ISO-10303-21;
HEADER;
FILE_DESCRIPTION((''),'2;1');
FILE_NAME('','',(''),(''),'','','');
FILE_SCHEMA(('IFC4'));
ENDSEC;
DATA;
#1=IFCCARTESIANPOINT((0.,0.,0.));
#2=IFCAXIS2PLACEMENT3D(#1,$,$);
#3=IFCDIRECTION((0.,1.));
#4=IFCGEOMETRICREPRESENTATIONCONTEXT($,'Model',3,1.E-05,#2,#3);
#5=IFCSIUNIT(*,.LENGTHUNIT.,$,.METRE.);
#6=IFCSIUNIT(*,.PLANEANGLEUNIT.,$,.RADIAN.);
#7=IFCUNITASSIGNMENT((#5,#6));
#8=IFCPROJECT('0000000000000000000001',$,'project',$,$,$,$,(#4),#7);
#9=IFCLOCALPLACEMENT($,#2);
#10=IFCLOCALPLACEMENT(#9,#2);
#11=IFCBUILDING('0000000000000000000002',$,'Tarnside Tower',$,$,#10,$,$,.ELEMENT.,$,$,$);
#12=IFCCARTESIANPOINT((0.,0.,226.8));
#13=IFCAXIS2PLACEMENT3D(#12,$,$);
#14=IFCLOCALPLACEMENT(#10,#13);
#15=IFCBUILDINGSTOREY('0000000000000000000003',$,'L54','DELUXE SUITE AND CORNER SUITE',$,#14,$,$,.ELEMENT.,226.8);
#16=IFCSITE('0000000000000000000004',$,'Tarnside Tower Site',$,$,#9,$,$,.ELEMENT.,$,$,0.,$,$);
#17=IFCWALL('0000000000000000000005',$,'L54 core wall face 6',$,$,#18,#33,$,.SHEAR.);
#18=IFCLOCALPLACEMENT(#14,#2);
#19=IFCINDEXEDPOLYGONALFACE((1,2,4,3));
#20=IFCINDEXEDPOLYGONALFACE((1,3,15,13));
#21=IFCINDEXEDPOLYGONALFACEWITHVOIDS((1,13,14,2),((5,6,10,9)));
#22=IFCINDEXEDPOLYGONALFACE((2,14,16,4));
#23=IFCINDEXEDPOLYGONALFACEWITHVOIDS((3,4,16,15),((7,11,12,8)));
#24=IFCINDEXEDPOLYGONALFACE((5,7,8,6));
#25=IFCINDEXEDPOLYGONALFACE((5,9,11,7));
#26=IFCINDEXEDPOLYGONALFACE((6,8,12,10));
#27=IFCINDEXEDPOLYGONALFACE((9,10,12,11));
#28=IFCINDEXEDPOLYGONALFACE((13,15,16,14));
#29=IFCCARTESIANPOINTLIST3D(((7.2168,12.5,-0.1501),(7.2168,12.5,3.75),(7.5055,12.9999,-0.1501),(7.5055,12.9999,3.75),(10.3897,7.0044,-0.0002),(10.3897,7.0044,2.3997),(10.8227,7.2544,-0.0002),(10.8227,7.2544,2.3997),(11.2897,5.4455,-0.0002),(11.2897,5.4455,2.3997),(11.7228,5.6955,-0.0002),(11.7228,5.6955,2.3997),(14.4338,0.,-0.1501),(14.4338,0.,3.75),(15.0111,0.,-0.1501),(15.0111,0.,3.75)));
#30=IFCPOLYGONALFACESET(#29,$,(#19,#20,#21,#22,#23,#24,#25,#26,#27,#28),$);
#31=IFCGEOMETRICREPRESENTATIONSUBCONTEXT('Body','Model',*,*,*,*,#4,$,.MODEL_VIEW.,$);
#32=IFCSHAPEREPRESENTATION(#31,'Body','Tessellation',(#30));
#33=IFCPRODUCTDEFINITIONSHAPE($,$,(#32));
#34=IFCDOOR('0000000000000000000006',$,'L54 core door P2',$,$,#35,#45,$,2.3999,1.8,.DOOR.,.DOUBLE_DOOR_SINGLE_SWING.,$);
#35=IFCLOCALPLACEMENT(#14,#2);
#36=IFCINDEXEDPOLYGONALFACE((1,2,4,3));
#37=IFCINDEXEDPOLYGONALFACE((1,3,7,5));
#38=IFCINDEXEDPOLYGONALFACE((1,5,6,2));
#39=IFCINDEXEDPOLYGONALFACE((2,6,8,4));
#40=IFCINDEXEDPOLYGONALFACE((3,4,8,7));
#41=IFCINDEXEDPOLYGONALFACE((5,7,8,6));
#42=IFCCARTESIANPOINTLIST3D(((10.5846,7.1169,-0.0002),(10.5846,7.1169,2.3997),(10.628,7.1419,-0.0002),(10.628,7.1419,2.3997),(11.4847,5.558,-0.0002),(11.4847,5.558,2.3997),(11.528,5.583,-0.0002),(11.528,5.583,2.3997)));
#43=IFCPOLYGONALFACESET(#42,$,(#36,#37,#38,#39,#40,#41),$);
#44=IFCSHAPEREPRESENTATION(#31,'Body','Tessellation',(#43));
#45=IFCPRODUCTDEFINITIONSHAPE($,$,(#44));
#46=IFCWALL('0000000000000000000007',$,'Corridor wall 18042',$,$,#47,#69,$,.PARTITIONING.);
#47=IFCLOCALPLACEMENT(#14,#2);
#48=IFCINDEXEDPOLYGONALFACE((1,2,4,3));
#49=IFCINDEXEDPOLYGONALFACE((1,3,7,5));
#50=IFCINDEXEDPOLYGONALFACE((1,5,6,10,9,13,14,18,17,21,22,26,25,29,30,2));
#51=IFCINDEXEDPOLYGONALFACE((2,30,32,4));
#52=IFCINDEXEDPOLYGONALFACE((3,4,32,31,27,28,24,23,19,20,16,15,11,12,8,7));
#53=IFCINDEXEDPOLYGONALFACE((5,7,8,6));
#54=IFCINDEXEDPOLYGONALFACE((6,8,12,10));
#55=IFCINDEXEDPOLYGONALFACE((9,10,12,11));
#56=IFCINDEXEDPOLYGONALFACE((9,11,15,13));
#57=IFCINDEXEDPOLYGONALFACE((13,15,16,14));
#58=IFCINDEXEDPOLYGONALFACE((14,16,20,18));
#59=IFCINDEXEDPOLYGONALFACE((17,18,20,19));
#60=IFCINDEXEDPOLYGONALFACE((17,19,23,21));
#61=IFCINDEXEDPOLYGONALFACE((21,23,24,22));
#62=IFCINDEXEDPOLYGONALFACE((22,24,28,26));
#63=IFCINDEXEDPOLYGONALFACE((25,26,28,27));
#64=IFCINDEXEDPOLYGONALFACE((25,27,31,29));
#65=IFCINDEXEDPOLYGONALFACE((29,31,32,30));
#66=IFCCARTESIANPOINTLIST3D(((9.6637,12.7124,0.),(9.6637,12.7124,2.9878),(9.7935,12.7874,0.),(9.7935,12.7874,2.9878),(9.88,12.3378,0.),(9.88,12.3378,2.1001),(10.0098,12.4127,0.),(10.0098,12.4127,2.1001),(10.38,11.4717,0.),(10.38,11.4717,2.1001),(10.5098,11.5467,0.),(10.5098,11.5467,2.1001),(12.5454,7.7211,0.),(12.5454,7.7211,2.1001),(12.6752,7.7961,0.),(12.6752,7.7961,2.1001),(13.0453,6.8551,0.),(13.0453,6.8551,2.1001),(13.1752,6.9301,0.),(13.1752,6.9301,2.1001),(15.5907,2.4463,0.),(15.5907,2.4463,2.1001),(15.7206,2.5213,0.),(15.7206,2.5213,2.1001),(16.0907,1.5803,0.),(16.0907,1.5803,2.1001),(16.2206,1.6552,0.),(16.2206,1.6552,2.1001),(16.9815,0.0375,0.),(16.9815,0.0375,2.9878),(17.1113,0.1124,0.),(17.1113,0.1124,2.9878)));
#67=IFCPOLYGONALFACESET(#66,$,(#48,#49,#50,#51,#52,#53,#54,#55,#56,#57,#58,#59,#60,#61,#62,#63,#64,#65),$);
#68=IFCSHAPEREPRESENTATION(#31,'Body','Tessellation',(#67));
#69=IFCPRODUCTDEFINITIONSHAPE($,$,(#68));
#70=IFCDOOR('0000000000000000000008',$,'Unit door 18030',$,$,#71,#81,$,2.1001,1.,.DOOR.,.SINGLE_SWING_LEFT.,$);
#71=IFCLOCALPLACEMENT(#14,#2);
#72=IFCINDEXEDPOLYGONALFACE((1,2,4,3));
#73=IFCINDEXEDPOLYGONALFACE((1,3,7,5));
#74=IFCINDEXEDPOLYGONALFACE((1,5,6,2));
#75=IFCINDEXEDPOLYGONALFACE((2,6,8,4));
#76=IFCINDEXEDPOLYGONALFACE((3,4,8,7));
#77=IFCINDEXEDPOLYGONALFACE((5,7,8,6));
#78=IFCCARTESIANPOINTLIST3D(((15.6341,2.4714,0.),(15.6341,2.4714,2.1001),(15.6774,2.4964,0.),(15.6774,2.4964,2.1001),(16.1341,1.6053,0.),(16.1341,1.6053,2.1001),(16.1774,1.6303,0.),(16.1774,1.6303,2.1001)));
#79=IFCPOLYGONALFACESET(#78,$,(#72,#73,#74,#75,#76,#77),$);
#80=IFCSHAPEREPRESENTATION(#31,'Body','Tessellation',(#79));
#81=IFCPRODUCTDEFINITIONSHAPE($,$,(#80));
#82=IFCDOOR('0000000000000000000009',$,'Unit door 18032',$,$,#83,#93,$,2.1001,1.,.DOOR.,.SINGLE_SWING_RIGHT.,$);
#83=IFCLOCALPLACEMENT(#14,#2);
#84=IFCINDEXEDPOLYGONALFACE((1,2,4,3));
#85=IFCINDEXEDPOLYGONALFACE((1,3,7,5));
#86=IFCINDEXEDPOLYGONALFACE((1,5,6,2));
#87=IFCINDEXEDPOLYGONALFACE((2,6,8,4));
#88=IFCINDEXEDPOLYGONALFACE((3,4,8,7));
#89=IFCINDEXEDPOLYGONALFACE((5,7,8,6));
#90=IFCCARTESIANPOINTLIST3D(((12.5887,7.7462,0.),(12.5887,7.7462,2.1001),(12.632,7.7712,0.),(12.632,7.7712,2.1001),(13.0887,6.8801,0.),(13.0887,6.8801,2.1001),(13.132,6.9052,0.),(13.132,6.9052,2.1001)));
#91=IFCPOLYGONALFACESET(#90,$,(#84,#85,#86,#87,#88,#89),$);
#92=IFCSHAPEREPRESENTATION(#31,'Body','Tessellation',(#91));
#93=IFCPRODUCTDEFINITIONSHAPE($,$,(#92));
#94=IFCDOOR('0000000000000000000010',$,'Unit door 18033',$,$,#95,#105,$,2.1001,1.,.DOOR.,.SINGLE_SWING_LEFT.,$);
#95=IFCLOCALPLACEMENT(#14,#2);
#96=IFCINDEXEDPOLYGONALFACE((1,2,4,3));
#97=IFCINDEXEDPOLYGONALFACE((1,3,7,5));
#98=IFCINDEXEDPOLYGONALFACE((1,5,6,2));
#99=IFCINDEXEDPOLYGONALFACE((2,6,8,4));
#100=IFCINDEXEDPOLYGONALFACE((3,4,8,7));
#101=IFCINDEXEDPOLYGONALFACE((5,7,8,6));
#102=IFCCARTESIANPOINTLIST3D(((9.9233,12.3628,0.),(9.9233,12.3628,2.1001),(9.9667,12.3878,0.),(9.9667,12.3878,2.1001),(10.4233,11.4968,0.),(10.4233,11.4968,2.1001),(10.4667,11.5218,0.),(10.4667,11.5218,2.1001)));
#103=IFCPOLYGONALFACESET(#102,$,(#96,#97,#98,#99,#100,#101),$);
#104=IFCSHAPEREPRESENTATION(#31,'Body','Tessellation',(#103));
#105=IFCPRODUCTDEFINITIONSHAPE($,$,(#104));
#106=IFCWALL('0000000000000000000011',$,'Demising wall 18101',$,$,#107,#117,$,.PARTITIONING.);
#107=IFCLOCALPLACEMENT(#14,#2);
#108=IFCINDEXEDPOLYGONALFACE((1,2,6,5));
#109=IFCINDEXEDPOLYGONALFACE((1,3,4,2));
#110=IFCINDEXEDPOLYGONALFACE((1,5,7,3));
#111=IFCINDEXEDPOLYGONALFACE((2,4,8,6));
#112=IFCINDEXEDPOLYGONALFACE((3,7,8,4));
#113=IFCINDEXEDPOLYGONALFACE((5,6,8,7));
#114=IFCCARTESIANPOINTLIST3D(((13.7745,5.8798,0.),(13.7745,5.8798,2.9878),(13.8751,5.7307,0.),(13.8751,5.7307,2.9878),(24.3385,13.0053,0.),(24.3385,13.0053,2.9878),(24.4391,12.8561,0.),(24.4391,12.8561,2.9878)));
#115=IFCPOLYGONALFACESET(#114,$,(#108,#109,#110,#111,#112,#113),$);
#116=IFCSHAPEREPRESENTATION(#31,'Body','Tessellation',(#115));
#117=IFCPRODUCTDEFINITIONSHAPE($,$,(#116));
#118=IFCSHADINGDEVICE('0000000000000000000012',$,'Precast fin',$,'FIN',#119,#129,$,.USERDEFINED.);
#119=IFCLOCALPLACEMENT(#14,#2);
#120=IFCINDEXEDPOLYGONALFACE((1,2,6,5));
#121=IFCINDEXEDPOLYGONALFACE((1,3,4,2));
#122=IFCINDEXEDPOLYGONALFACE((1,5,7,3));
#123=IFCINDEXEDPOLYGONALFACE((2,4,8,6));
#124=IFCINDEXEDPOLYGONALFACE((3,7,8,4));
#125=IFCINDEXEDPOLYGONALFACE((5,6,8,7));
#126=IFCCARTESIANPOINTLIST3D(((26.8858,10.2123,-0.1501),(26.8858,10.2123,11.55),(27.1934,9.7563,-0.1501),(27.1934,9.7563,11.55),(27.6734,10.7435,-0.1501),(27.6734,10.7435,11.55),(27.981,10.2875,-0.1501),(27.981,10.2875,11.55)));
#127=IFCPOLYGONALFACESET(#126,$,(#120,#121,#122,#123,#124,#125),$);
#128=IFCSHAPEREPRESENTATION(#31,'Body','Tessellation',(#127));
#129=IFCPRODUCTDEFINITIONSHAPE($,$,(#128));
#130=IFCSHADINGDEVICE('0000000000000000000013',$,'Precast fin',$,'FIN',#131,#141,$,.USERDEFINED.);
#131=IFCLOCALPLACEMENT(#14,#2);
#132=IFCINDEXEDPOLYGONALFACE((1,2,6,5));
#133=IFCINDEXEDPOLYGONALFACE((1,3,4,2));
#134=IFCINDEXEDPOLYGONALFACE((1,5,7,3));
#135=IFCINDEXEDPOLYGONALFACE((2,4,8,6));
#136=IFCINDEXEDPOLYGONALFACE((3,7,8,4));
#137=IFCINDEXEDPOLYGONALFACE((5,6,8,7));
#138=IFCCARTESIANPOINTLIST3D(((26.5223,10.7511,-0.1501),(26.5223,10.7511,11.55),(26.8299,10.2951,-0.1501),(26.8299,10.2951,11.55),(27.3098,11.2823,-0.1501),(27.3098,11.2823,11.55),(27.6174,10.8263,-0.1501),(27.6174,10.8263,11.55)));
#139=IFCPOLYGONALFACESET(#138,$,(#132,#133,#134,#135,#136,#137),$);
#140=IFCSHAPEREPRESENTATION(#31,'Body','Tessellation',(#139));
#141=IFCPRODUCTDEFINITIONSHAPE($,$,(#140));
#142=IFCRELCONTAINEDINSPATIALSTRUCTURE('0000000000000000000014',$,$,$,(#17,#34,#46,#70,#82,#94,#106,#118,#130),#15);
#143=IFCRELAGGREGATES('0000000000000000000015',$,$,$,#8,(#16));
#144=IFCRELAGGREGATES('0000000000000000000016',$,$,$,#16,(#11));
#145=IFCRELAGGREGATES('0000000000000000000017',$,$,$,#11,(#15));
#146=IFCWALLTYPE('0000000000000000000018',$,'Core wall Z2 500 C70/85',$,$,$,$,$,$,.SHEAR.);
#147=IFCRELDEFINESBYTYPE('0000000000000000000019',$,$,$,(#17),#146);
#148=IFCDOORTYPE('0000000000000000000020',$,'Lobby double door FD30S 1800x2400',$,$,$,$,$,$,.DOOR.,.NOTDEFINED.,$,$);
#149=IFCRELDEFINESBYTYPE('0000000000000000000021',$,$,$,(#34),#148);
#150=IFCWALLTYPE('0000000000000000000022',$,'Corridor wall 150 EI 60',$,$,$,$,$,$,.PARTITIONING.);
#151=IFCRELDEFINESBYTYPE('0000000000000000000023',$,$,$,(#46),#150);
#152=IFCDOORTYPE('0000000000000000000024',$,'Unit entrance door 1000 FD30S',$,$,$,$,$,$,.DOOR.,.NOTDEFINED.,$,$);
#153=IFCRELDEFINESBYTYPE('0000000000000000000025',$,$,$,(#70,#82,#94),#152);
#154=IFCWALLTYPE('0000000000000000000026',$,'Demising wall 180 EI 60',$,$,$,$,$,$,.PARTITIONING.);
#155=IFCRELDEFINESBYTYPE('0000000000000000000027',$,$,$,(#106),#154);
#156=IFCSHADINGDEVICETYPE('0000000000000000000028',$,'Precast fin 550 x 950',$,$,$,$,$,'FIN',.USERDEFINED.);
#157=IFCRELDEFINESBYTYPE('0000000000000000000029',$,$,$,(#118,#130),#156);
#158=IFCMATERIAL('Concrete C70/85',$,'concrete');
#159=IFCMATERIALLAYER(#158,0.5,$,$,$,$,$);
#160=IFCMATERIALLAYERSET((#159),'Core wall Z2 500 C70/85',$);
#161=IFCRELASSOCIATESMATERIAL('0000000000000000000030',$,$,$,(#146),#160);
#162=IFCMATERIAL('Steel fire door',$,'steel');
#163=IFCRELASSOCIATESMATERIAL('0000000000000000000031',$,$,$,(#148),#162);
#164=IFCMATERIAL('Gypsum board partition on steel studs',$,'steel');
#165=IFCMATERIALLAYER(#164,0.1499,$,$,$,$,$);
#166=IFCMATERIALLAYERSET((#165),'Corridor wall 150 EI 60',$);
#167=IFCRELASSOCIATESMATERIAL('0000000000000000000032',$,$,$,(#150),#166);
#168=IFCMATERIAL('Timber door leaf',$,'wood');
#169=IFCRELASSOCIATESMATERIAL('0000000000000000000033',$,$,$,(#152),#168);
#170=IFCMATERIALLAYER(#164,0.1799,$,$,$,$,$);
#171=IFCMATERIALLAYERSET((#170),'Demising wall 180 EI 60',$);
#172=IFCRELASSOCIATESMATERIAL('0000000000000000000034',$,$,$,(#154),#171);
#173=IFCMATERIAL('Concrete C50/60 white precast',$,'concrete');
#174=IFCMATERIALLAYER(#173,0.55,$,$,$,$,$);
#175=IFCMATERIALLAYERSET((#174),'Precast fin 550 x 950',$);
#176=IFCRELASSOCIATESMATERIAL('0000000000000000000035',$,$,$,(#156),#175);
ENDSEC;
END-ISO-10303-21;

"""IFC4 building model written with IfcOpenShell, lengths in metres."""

from ifc_helpers import new_model, si_unit, direction, frame, frame_2d, origin, place, context, subcontext, project, spatial, polyline, rectangle, outline, extrude, material, layer, layer_set, type_object, element, fill, save


model = new_model("IFC4")

# Units and contexts
model_context = context("Model", 3, precision=1e-05, world=origin(), true_north=direction((0.0, 1.0)))
body_context = subcontext(model_context, "Body", "Model", "MODEL_VIEW")
ifc_project = project(units=[si_unit("LENGTHUNIT", "METRE"), si_unit("PLANEANGLEUNIT", "RADIAN")], contexts=[model_context])

# Site, building, storey
site_placement = place(None, origin())
site = spatial("IfcSite", under=ifc_project, at=site_placement, Name="Tarnside Tower Site", CompositionType="ELEMENT", RefElevation=0.0)
building_placement = place(site_placement, origin())
building = spatial("IfcBuilding", under=site, at=building_placement, Name="Tarnside Tower", CompositionType="ELEMENT")
storey_placement = place(building_placement, frame((0.0, 0.0, 226.8)))
storey = spatial("IfcBuildingStorey", under=building, at=storey_placement, Name="L54", Description="DELUXE SUITE AND CORNER SUITE", CompositionType="ELEMENT", Elevation=226.8)

# Shared definitions
ifc_material_1 = material(Name="Gypsum board partition on steel studs", Category="steel")

# Wall, opening, door
ifc_material_2 = material(Name="Timber door leaf", Category="wood")
ifc_material_3 = material(Name="Concrete C70/85", Category="concrete")
ifc_layer_1 = layer(ifc_material_3, 0.5)
ifc_layer_set_1 = layer_set([ifc_layer_1], Name="Core wall Z2 500 C70/85")
wall_type_1 = type_object("IfcWallType", Name="Core wall Z2 500 C70/85", PredefinedType="SHEAR", material=ifc_layer_set_1)
wall_1_placement = place(storey_placement, frame((14.7224, 0.0, -0.1501), z_axis=(0.0, 0.0, 1.0), x_axis=(-0.500006, 0.866022, 0.0)))
wall_1 = element("IfcWall", 1, at=wall_1_placement, inside=storey, type_object=wall_type_1, Name="L54 core wall face 6", PredefinedType="SHEAR", context=body_context, shape_type="SweptSolid", body=[
    extrude(outline(polyline([(-0.1443, -0.25), (14.8667, -0.25), (14.5781, 0.25), (0.1443, 0.25), (-0.1443, -0.25)])), origin(), (0.0, 0.0, 1.0), 3.9001),
])
opening_1_placement = place(wall_1_placement, frame((6.4324, 0.0, 0.1499)))
opening_1 = element("IfcOpeningElement", 2, at=opening_1_placement, cuts=wall_1, PredefinedType="OPENING", context=body_context, shape_type="SweptSolid", body=[
    extrude(rectangle(XDim=1.8, YDim=2.3999, at=frame_2d((0.8999, 1.2))), frame((0.0, 0.26, 0.0), z_axis=(0.0, -1.0, 0.0), x_axis=(1.0, 0.0, 0.0)), (0.0, 0.0, 1.0), 0.52),
])
ifc_material_4 = material(Name="Steel fire door", Category="steel")
door_type_1 = type_object("IfcDoorType", Name="Lobby double door FD30S 1800x2400", OperationType="NOTDEFINED", PredefinedType="DOOR", material=ifc_material_4)
door_1_placement = place(opening_1_placement, origin())
door_1 = element("IfcDoor", 3, at=door_1_placement, inside=storey, type_object=door_type_1, Name="L54 core door P2", OperationType="DOUBLE_DOOR_SINGLE_SWING", OverallHeight=2.3999, OverallWidth=1.8, PredefinedType="DOOR", context=body_context, shape_type="SweptSolid", body=[
    extrude(rectangle(XDim=1.8, YDim=2.3999, at=frame_2d((0.8999, 1.2))), frame((0.0, 0.0249, 0.0), z_axis=(0.0, -1.0, 0.0), x_axis=(1.0, 0.0, 0.0)), (0.0, 0.0, 1.0), 0.05),
])
fill(opening_1, door_1)

# Wall, openings, doors
ifc_layer_2 = layer(ifc_material_1, 0.1499)
ifc_layer_set_2 = layer_set([ifc_layer_2], Name="Corridor wall 150 EI 60")
wall_type_2 = type_object("IfcWallType", Name="Corridor wall 150 EI 60", PredefinedType="PARTITIONING", material=ifc_layer_set_2)
wall_2_placement = place(storey_placement, frame((17.0464, 0.075, 0.0), z_axis=(0.0, 0.0, 1.0), x_axis=(-0.499996, 0.866028, 0.0)))
wall_2 = element("IfcWall", 4, at=wall_2_placement, inside=storey, type_object=wall_type_2, Name="Corridor wall 18042", PredefinedType="PARTITIONING", context=body_context, shape_type="SweptSolid", body=[
    extrude(rectangle(XDim=14.6357, YDim=0.1499, at=frame_2d((7.3179, 0.0))), origin(), (0.0, 0.0, 1.0), 2.9878),
])
opening_2_placement = place(wall_2_placement, frame((1.7815, 0.0, 0.0)))
opening_2 = element("IfcOpeningElement", 5, at=opening_2_placement, cuts=wall_2, PredefinedType="OPENING", context=body_context, shape_type="SweptSolid", body=[
    extrude(rectangle(XDim=1.0, YDim=2.1001, at=frame_2d((0.5, 1.05))), frame((0.0, 0.085, 0.0), z_axis=(0.0, -1.0, 0.0), x_axis=(1.0, 0.0, 0.0)), (0.0, 0.0, 1.0), 0.1699),
])
opening_3_placement = place(wall_2_placement, frame((7.8723, 0.0, 0.0)))
opening_3 = element("IfcOpeningElement", 6, at=opening_3_placement, cuts=wall_2, PredefinedType="OPENING", context=body_context, shape_type="SweptSolid", body=[
    extrude(rectangle(XDim=1.0, YDim=2.1001, at=frame_2d((0.5, 1.05))), frame((0.0, 0.085, 0.0), z_axis=(0.0, -1.0, 0.0), x_axis=(1.0, 0.0, 0.0)), (0.0, 0.0, 1.0), 0.1699),
])
opening_4_placement = place(wall_2_placement, frame((13.2031, 0.0, 0.0)))
opening_4 = element("IfcOpeningElement", 7, at=opening_4_placement, cuts=wall_2, PredefinedType="OPENING", context=body_context, shape_type="SweptSolid", body=[
    extrude(rectangle(XDim=1.0, YDim=2.1001, at=frame_2d((0.5, 1.05))), frame((0.0, 0.085, 0.0), z_axis=(0.0, -1.0, 0.0), x_axis=(1.0, 0.0, 0.0)), (0.0, 0.0, 1.0), 0.1699),
])
door_type_2 = type_object("IfcDoorType", Name="Unit entrance door 1000 FD30S", OperationType="NOTDEFINED", PredefinedType="DOOR", material=ifc_material_2)
door_2_placement = place(opening_2_placement, origin())
door_2 = element("IfcDoor", 8, at=door_2_placement, inside=storey, type_object=door_type_2, Name="Unit door 18030", OperationType="SINGLE_SWING_LEFT", OverallHeight=2.1001, OverallWidth=1.0, PredefinedType="DOOR", context=body_context, shape_type="SweptSolid", body=[
    extrude(rectangle(XDim=1.0, YDim=2.1001, at=frame_2d((0.5, 1.05))), frame((0.0, 0.0249, 0.0), z_axis=(0.0, -1.0, 0.0), x_axis=(1.0, 0.0, 0.0)), (0.0, 0.0, 1.0), 0.05),
])
fill(opening_2, door_2)
door_3_placement = place(opening_3_placement, origin())
door_3 = element("IfcDoor", 9, at=door_3_placement, inside=storey, type_object=door_type_2, Name="Unit door 18032", OperationType="SINGLE_SWING_RIGHT", OverallHeight=2.1001, OverallWidth=1.0, PredefinedType="DOOR", context=body_context, shape_type="SweptSolid", body=[
    extrude(rectangle(XDim=1.0, YDim=2.1001, at=frame_2d((0.5, 1.05))), frame((0.0, 0.0249, 0.0), z_axis=(0.0, -1.0, 0.0), x_axis=(1.0, 0.0, 0.0)), (0.0, 0.0, 1.0), 0.05),
])
fill(opening_3, door_3)
door_4_placement = place(opening_4_placement, origin())
door_4 = element("IfcDoor", 10, at=door_4_placement, inside=storey, type_object=door_type_2, Name="Unit door 18033", OperationType="SINGLE_SWING_LEFT", OverallHeight=2.1001, OverallWidth=1.0, PredefinedType="DOOR", context=body_context, shape_type="SweptSolid", body=[
    extrude(rectangle(XDim=1.0, YDim=2.1001, at=frame_2d((0.5, 1.05))), frame((0.0, 0.0249, 0.0), z_axis=(0.0, -1.0, 0.0), x_axis=(1.0, 0.0, 0.0)), (0.0, 0.0, 1.0), 0.05),
])
fill(opening_4, door_4)

# Wall
ifc_layer_3 = layer(ifc_material_1, 0.1799)
ifc_layer_set_3 = layer_set([ifc_layer_3], Name="Demising wall 180 EI 60")
wall_type_3 = type_object("IfcWallType", Name="Demising wall 180 EI 60", PredefinedType="PARTITIONING", material=ifc_layer_set_3)
wall_3_placement = place(storey_placement, frame((24.3887, 12.9307, 0.0), z_axis=(0.0, 0.0, 1.0), x_axis=(-0.829037, -0.559193, 0.0)))
element("IfcWall", 11, at=wall_3_placement, inside=storey, type_object=wall_type_3, Name="Demising wall 18101", PredefinedType="PARTITIONING", context=body_context, shape_type="SweptSolid", body=[
    extrude(rectangle(XDim=12.7424, YDim=0.1799, at=frame_2d((6.3711, 0.0))), origin(), (0.0, 0.0, 1.0), 2.9878),
])

# Shading devices
ifc_material_5 = material(Name="Concrete C50/60 white precast", Category="concrete")
ifc_layer_4 = layer(ifc_material_5, 0.55)
ifc_layer_set_4 = layer_set([ifc_layer_4], Name="Precast fin 550 x 950")
shading_device_type = type_object("IfcShadingDeviceType", Name="Precast fin 550 x 950", ElementType="FIN", PredefinedType="USERDEFINED", material=ifc_layer_set_4)
for number, where, z_axis, x_axis, name in (
    (12, (27.0396, 9.9844, -0.1501), (0.559193, -0.829038, 0.0), (0.829038, 0.559193, 0.0), "Precast fin"),
    (13, (26.676, 10.5232, -0.1501), (0.559193, -0.829038, 0.0), (0.829038, 0.559193, 0.0), "Precast fin"),
):
    element("IfcShadingDevice", number, at=place(storey_placement, frame(where, z_axis=z_axis, x_axis=x_axis)), inside=storey, type_object=shading_device_type, Name=name, ObjectType="FIN", PredefinedType="USERDEFINED", context=body_context, shape_type="SweptSolid", body=[
        extrude(outline(polyline([(0.0, 0.0), (0.95, 0.0), (0.95, 11.7002), (0.0, 11.7002), (0.0, 0.0)])), frame((0.0, 0.0, -0.2749)), (0.0, 0.0, 1.0), 0.55),
    ])

save(model, "model.ifc")
